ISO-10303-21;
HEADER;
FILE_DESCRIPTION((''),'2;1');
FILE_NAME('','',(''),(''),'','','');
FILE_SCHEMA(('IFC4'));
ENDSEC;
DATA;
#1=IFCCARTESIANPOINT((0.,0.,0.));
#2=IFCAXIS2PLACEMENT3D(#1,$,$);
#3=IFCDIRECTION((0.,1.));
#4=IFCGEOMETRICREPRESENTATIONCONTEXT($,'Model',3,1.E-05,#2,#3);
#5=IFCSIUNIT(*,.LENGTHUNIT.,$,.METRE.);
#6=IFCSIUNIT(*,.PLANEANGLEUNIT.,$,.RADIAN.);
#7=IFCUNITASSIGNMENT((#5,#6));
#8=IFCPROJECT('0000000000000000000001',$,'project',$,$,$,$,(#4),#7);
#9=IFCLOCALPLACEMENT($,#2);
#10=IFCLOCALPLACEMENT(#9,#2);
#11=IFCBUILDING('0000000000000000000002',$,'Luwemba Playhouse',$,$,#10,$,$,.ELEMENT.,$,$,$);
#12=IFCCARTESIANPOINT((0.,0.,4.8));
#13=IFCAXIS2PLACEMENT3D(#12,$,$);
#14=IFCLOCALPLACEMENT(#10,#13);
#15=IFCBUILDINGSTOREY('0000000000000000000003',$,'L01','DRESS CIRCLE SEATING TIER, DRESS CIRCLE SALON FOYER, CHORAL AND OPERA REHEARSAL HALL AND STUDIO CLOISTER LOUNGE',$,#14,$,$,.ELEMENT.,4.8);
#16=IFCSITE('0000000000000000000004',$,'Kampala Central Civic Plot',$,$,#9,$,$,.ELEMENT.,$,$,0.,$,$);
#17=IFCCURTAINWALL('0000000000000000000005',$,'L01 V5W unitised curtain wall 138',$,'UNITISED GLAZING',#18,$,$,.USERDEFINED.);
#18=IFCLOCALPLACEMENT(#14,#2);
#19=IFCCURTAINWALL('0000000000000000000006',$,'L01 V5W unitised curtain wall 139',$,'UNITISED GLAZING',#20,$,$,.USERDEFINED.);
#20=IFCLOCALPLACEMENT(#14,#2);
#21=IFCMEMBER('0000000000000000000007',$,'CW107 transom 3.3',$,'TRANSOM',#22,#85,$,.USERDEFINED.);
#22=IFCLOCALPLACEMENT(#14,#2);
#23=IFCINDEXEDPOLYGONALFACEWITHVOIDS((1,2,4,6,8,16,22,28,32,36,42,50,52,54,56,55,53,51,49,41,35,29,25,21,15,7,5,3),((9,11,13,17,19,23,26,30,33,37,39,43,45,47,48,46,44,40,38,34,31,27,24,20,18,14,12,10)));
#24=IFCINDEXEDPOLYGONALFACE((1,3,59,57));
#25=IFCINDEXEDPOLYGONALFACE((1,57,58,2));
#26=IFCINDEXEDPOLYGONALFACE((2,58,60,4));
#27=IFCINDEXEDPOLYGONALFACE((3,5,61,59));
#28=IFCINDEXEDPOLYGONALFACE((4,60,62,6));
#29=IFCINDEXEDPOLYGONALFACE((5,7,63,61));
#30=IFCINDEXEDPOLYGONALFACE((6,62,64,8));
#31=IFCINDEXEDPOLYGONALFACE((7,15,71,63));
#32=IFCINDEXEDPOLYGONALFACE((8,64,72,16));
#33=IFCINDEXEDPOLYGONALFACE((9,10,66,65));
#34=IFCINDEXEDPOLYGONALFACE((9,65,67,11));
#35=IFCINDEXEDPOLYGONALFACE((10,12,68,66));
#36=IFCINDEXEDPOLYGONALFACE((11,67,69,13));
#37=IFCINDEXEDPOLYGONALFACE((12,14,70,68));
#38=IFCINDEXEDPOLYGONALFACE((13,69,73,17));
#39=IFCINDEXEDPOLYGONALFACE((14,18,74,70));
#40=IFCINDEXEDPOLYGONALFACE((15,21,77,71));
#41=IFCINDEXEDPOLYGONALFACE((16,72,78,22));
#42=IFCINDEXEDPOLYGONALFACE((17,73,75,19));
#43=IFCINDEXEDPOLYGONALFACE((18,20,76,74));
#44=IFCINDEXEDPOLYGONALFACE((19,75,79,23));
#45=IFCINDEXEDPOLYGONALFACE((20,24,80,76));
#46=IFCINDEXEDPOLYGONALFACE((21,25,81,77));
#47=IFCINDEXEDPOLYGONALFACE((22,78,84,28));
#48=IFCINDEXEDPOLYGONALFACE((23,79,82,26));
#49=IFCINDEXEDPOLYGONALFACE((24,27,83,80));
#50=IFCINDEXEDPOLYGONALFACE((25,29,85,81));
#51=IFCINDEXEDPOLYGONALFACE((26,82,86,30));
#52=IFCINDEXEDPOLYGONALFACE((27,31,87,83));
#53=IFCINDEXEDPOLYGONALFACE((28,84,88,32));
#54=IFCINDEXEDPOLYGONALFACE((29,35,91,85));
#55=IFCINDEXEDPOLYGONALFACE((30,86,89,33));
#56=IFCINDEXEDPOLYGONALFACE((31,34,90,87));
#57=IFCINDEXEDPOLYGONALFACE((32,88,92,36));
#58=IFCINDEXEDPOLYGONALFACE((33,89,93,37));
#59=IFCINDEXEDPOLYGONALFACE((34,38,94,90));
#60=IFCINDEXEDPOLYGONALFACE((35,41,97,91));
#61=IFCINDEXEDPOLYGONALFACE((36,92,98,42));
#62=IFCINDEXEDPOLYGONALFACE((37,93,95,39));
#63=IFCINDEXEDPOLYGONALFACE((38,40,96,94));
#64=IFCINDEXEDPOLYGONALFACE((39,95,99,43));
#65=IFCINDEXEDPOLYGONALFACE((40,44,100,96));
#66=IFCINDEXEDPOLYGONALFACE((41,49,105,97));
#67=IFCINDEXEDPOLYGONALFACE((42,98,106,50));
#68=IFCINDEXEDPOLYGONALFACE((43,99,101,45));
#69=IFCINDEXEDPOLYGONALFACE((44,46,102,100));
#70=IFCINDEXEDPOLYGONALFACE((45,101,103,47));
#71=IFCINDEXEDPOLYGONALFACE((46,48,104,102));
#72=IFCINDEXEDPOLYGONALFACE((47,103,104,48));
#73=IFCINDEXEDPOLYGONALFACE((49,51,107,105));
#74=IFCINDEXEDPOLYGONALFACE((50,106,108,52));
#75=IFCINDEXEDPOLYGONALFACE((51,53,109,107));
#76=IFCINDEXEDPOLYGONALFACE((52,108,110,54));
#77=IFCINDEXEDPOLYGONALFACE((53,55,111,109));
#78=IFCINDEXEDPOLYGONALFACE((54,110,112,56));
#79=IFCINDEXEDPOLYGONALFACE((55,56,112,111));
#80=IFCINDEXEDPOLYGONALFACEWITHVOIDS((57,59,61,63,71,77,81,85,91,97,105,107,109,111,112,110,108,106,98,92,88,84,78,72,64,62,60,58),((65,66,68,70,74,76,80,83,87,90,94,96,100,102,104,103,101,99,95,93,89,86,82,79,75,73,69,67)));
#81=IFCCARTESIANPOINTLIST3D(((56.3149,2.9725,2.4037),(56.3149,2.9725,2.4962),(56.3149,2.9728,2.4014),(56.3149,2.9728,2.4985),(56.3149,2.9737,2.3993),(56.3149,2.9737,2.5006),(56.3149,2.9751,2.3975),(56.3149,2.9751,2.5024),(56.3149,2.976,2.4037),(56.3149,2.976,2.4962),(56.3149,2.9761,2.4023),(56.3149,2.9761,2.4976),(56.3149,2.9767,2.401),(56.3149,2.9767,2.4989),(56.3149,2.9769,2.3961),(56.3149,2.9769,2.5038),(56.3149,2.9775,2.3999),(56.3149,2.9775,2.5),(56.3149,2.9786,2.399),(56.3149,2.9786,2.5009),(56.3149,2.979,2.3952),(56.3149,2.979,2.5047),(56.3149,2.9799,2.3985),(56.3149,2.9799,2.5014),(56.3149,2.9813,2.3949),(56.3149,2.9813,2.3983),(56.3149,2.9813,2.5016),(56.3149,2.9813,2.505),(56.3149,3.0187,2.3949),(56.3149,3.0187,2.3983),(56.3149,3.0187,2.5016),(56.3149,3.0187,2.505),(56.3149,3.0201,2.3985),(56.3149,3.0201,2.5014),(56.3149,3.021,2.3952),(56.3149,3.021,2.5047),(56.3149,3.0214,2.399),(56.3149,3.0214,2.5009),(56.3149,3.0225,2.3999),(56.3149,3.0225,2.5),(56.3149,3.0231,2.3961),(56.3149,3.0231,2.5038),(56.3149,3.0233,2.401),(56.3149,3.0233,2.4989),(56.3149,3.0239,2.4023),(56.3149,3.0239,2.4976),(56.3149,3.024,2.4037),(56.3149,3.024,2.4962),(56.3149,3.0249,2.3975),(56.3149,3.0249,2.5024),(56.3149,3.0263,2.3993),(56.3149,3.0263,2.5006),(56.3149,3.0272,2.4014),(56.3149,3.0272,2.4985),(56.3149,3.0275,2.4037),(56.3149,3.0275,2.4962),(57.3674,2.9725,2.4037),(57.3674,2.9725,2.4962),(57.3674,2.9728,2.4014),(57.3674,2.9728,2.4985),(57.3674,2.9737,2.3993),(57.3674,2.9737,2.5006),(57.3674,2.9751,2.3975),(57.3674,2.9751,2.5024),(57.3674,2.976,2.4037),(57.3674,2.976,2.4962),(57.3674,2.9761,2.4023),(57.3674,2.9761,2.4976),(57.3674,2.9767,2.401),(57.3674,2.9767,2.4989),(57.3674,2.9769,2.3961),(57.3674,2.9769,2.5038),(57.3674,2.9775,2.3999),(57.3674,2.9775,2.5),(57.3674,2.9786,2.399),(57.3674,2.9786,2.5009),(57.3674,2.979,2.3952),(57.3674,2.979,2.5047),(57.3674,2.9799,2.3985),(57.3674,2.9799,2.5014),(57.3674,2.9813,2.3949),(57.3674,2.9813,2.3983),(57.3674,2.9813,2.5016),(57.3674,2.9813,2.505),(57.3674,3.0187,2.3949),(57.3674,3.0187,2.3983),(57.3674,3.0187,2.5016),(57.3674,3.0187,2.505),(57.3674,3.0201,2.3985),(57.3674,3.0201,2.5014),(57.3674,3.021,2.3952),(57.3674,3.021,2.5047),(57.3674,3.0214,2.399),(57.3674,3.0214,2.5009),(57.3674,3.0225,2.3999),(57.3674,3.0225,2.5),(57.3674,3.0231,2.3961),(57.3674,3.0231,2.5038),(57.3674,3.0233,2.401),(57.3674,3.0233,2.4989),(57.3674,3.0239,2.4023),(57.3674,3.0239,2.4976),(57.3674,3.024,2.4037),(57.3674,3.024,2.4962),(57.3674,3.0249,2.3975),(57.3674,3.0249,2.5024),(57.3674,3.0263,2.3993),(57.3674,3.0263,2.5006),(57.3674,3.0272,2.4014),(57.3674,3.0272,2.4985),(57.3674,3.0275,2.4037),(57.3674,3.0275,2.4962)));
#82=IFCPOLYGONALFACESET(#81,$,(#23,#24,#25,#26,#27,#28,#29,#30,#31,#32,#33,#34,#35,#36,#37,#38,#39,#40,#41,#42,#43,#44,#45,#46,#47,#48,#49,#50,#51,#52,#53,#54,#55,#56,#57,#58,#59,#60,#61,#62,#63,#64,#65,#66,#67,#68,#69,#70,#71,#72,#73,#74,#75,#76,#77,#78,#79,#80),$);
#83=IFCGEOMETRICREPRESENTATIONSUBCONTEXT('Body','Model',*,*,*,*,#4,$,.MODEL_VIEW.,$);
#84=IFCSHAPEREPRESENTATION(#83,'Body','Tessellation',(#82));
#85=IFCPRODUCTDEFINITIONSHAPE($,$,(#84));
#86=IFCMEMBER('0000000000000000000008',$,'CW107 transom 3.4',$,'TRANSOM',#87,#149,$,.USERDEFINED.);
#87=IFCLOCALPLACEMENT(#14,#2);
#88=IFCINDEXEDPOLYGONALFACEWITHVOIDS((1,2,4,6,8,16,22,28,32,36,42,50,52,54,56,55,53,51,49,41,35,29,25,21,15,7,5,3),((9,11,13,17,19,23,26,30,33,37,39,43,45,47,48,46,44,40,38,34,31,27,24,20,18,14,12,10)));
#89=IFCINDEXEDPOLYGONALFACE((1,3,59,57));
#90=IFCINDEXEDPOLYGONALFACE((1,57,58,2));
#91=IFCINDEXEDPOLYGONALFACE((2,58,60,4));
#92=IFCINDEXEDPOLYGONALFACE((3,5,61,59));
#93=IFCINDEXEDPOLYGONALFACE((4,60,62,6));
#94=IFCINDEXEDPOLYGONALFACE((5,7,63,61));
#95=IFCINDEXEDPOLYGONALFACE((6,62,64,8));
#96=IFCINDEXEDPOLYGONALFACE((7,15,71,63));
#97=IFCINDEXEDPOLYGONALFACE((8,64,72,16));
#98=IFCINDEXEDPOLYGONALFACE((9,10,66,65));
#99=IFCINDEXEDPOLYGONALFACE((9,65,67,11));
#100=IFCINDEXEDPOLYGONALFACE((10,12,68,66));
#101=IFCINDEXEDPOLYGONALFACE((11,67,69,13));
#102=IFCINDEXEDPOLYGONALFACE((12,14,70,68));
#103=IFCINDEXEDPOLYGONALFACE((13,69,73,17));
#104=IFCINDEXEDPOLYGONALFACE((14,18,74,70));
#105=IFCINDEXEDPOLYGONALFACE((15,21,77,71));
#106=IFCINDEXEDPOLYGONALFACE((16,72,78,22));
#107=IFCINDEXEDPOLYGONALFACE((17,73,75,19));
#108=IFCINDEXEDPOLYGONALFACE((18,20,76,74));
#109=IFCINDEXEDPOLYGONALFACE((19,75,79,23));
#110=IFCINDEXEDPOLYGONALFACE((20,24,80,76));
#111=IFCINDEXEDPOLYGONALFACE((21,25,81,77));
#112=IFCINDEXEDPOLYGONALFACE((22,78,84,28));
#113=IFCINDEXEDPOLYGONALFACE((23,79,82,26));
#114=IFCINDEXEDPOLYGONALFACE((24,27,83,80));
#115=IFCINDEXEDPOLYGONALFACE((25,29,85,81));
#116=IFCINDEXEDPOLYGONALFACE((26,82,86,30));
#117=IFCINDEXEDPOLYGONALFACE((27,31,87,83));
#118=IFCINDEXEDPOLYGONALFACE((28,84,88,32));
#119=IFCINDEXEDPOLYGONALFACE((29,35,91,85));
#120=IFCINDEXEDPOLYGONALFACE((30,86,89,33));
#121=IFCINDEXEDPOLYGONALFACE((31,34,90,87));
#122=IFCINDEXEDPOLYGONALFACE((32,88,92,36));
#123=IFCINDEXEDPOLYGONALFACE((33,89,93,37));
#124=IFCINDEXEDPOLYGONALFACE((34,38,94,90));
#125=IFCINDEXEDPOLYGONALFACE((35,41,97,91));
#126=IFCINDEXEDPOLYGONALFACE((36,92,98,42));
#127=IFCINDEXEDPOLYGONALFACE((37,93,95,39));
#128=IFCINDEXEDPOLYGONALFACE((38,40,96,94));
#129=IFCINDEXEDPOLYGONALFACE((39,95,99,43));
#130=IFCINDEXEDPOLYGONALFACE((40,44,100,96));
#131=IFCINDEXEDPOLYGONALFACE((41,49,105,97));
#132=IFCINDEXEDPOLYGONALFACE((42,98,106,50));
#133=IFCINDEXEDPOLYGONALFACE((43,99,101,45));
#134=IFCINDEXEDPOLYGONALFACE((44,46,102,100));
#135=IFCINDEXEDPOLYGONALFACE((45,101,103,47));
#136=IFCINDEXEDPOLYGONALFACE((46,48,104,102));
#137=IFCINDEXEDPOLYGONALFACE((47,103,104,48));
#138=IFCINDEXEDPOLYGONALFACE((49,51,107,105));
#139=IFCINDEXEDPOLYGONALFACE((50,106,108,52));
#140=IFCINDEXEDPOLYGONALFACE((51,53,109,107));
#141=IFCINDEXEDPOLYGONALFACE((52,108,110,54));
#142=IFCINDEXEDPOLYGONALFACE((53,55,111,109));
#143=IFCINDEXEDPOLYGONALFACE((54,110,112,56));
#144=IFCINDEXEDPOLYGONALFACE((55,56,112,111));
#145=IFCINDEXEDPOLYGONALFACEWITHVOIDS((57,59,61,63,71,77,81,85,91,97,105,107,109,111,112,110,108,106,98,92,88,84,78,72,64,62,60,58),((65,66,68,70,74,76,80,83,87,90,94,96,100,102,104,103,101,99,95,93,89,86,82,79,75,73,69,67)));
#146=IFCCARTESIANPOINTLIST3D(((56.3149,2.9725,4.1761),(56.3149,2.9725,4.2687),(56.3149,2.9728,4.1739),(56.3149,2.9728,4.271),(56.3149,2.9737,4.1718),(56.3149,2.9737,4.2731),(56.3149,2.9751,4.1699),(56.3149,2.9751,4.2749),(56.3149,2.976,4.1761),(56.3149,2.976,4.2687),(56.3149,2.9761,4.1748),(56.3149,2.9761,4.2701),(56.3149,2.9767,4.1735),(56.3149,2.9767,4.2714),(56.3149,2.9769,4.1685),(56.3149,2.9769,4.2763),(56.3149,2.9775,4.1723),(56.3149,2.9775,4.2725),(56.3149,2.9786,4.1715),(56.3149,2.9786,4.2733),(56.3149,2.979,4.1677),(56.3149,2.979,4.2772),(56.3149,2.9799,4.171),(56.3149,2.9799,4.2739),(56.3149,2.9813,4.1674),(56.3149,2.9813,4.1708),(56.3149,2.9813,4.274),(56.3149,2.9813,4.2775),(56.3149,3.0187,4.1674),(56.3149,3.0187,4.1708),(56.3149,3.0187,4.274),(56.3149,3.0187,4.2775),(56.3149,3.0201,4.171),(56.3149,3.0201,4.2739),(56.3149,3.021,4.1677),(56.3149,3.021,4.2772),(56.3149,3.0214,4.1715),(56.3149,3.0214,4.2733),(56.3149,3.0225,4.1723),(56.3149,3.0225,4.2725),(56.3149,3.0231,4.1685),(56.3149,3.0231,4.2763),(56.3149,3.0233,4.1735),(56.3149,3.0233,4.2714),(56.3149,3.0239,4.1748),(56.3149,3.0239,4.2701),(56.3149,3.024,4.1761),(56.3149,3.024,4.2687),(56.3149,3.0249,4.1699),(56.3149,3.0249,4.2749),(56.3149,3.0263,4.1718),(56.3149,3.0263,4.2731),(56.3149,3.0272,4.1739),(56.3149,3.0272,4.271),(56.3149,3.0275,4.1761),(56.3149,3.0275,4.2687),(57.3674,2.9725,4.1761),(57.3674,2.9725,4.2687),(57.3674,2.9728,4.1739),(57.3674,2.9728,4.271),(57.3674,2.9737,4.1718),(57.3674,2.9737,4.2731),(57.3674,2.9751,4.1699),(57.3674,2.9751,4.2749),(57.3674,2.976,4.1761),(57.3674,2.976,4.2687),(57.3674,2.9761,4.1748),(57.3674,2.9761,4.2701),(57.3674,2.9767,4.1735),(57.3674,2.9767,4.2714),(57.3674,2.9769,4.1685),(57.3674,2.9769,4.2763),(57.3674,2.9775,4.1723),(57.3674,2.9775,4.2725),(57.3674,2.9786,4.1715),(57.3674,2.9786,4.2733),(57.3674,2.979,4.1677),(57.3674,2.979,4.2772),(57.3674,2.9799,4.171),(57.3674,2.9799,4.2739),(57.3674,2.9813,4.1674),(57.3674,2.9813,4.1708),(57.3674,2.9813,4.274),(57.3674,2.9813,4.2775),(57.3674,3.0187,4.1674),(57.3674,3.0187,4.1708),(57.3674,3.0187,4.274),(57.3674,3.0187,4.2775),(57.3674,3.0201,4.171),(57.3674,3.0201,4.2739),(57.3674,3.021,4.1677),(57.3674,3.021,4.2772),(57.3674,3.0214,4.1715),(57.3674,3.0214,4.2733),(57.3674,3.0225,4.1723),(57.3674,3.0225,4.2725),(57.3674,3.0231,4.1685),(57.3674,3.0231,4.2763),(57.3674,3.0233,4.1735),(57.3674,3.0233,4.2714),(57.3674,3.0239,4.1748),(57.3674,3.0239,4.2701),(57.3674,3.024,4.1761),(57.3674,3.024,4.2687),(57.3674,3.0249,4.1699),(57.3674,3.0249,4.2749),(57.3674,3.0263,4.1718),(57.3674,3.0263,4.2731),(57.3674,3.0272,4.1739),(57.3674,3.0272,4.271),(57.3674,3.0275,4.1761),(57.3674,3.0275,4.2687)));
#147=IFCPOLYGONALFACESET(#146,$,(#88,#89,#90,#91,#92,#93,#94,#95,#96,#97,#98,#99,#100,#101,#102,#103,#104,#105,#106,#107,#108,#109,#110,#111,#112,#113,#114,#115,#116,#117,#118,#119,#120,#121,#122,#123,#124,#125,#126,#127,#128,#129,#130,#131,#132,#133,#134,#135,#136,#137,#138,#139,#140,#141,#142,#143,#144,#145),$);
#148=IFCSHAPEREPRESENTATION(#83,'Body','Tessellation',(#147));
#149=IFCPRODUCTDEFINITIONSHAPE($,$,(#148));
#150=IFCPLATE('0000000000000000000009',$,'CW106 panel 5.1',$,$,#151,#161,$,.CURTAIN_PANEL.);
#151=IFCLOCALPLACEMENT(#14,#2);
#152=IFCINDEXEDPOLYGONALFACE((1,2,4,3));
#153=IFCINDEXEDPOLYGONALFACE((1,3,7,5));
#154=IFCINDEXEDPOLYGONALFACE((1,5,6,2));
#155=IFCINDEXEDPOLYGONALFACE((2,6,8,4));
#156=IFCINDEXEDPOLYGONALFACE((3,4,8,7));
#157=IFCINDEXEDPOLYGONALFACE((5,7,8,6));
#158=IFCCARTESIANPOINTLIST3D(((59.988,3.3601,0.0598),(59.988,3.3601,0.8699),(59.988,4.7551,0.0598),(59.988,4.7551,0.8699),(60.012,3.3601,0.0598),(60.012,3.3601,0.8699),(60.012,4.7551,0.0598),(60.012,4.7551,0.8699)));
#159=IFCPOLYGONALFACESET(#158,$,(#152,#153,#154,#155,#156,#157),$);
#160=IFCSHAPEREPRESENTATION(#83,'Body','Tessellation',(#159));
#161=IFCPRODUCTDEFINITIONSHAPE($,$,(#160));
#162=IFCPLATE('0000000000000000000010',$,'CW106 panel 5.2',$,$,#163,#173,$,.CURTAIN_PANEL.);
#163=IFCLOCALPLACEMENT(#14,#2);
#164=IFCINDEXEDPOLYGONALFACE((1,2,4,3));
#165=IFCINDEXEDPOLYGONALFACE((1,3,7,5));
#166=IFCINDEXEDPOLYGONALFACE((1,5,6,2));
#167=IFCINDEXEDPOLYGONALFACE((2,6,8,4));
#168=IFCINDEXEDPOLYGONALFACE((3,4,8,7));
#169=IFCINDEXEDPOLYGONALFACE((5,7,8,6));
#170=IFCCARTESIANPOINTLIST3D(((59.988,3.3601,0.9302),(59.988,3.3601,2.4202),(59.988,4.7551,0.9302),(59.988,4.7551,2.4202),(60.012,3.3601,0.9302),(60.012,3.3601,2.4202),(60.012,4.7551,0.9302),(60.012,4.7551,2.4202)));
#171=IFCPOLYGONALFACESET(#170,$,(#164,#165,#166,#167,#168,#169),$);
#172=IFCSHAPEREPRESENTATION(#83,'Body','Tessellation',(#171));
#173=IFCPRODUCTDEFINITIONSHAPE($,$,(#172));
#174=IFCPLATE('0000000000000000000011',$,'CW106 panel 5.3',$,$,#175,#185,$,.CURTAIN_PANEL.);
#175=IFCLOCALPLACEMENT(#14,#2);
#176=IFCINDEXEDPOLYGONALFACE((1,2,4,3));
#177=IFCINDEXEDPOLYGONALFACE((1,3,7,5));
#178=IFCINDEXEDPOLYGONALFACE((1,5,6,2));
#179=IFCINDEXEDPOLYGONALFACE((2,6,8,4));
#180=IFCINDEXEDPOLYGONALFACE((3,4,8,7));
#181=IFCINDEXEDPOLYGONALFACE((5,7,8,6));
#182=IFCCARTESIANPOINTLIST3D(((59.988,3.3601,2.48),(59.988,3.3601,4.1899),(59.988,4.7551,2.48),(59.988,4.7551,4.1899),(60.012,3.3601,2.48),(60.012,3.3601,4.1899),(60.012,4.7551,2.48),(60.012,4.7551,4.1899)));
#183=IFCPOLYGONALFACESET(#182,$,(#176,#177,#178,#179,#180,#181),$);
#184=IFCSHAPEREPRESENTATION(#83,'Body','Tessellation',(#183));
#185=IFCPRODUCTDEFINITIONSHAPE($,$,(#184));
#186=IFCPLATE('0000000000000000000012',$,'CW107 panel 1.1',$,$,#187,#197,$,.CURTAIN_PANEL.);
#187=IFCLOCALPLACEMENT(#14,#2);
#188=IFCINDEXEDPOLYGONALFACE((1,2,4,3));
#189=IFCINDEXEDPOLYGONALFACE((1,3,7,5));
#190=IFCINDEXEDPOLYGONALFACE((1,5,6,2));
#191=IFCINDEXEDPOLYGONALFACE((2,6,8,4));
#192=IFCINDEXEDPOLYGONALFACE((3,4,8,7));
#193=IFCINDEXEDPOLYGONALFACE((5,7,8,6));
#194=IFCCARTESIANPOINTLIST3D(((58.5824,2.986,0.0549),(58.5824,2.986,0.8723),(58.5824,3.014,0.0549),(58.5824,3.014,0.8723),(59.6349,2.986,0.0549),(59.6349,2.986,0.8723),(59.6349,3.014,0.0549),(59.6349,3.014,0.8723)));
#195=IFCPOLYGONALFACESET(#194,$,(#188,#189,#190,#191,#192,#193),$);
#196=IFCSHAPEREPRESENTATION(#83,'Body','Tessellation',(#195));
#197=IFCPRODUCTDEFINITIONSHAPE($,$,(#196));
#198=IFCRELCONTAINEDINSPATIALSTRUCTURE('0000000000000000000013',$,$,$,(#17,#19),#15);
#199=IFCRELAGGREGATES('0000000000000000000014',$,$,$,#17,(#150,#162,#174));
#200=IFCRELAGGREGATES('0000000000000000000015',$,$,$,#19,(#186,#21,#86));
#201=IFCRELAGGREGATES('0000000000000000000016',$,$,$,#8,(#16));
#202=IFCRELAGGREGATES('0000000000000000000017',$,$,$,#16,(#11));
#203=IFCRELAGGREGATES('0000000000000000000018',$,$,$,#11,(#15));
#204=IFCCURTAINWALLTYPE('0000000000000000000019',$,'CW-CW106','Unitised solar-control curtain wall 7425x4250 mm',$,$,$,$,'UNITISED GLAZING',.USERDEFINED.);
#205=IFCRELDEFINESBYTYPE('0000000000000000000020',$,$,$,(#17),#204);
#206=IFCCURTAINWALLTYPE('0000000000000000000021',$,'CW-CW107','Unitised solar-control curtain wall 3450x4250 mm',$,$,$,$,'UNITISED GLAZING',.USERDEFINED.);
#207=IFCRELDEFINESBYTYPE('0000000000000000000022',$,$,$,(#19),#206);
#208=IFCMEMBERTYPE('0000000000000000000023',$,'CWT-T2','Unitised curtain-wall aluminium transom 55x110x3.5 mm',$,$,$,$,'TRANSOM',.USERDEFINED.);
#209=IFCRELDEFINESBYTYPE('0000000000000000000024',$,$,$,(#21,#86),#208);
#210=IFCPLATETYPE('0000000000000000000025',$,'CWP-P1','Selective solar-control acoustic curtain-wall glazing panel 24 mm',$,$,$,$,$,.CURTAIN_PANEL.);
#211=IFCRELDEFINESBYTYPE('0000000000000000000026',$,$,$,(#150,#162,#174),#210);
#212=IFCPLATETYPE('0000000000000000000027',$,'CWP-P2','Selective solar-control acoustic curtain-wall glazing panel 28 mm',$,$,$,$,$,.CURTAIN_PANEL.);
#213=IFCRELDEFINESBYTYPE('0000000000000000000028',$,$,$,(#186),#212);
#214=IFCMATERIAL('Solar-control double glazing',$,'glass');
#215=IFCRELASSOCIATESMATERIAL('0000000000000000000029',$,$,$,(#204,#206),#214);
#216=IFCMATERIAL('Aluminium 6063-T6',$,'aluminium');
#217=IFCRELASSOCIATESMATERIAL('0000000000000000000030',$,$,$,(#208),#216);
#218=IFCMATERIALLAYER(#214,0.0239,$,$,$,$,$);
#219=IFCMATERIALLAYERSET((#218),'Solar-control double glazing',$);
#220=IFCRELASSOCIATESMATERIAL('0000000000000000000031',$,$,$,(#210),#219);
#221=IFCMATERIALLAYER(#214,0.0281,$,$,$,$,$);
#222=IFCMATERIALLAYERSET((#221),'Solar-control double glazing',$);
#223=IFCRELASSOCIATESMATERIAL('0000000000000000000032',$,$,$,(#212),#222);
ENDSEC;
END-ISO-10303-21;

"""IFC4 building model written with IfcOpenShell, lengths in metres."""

from ifc_helpers import new_model, si_unit, direction, frame, origin, origin_2d, place, context, subcontext, project, spatial, rectangle, hollow_rectangle, extrude, material, layer, layer_set, material_profile, profile_set, type_object, element, aggregate, save


model = new_model("IFC4")

# Units and contexts
model_context = context("Model", 3, precision=1e-05, world=origin(), true_north=direction((0.0, 1.0)))
body_context = subcontext(model_context, "Body", "Model", "MODEL_VIEW")
ifc_project = project(units=[si_unit("LENGTHUNIT", "METRE"), si_unit("PLANEANGLEUNIT", "RADIAN")], contexts=[model_context])

# Site, building, storey
site_placement = place(None, origin())
site = spatial("IfcSite", under=ifc_project, at=site_placement, Name="Kampala Central Civic Plot", CompositionType="ELEMENT", RefElevation=0.0)
building_placement = place(site_placement, origin())
building = spatial("IfcBuilding", under=site, at=building_placement, Name="Luwemba Playhouse", CompositionType="ELEMENT")
storey_placement = place(building_placement, frame((0.0, 0.0, 4.8)))
storey = spatial("IfcBuildingStorey", under=building, at=storey_placement, Name="L01", Description="DRESS CIRCLE SEATING TIER, DRESS CIRCLE SALON FOYER, CHORAL AND OPERA REHEARSAL HALL AND STUDIO CLOISTER LOUNGE", CompositionType="ELEMENT", Elevation=4.8)

# Curtain walls
ifc_material_1 = material(Name="Solar-control double glazing", Category="glass")
curtain_wall_type_1 = type_object("IfcCurtainWallType", Name="CW-CW106", Description="Unitised solar-control curtain wall 7425x4250 mm", ElementType="UNITISED GLAZING", PredefinedType="USERDEFINED", material=ifc_material_1)
curtain_wall_1_placement = place(storey_placement, origin())
curtain_wall_1 = element("IfcCurtainWall", 1, at=curtain_wall_1_placement, inside=storey, type_object=curtain_wall_type_1, Name="L01 V5W unitised curtain wall 138", ObjectType="UNITISED GLAZING", PredefinedType="USERDEFINED")
ifc_material_2 = material(Name="Aluminium 6063-T6", Category="aluminium")
curtain_wall_type_2 = type_object("IfcCurtainWallType", Name="CW-CW107", Description="Unitised solar-control curtain wall 3450x4250 mm", ElementType="UNITISED GLAZING", PredefinedType="USERDEFINED", material=ifc_material_1)
curtain_wall_2_placement = place(storey_placement, origin())
curtain_wall_2 = element("IfcCurtainWall", 2, at=curtain_wall_2_placement, inside=storey, type_object=curtain_wall_type_2, Name="L01 V5W unitised curtain wall 139", ObjectType="UNITISED GLAZING", PredefinedType="USERDEFINED")

# Members
ifc_material_profile_1 = material_profile(ifc_material_2, hollow_rectangle(XDim=0.0549, YDim=0.1101, WallThickness=0.0034, InnerFilletRadius=0.0054, OuterFilletRadius=0.0088, at=origin_2d()))
ifc_profile_set_1 = profile_set([ifc_material_profile_1], Name="Aluminium 6063-T6")
member_type_1 = type_object("IfcMemberType", Name="CWT-T2", Description="Unitised curtain-wall aluminium transom 55x110x3.5 mm", ElementType="TRANSOM", PredefinedType="USERDEFINED", material=ifc_profile_set_1)
member_1_placement = place(storey_placement, frame((57.3674, 3.0, 2.45), z_axis=(-1.0, 0.0, 0.0), x_axis=(0.0, -1.0, 0.0)))
member_1 = element("IfcMember", 3, at=member_1_placement, type_object=member_type_1, Name="CW107 transom 3.3", ObjectType="TRANSOM", PredefinedType="USERDEFINED", context=body_context, shape_type="SweptSolid", body=[
    extrude(hollow_rectangle(XDim=0.0549, YDim=0.1101, WallThickness=0.0034, InnerFilletRadius=0.0054, OuterFilletRadius=0.0088, at=origin_2d()), origin(), (0.0, 0.0, 1.0), 1.0525),
])
member_2_placement = place(storey_placement, frame((57.3674, 3.0, 4.2224), z_axis=(-1.0, 0.0, 0.0), x_axis=(0.0, -1.0, 0.0)))
member_2 = element("IfcMember", 4, at=member_2_placement, type_object=member_type_1, Name="CW107 transom 3.4", ObjectType="TRANSOM", PredefinedType="USERDEFINED", context=body_context, shape_type="SweptSolid", body=[
    extrude(hollow_rectangle(XDim=0.0549, YDim=0.1101, WallThickness=0.0034, InnerFilletRadius=0.0054, OuterFilletRadius=0.0088, at=origin_2d()), origin(), (0.0, 0.0, 1.0), 1.0525),
])

# Plates
ifc_layer_1 = layer(ifc_material_1, 0.0239)
ifc_layer_set_1 = layer_set([ifc_layer_1], Name="Solar-control double glazing")
plate_type_1 = type_object("IfcPlateType", Name="CWP-P1", Description="Selective solar-control acoustic curtain-wall glazing panel 24 mm", PredefinedType="CURTAIN_PANEL", material=ifc_layer_set_1)
plate_1_placement = place(storey_placement, frame((60.0, 4.0576, 0.0598), z_axis=(0.0, 0.0, 1.0), x_axis=(0.0, -1.0, 0.0)))
plate_1 = element("IfcPlate", 5, at=plate_1_placement, type_object=plate_type_1, Name="CW106 panel 5.1", PredefinedType="CURTAIN_PANEL", context=body_context, shape_type="SweptSolid", body=[
    extrude(rectangle(XDim=1.395, YDim=0.0239, at=origin_2d()), origin(), (0.0, 0.0, 1.0), 0.8101),
])
plate_2_placement = place(storey_placement, frame((60.0, 4.0576, 0.9302), z_axis=(0.0, 0.0, 1.0), x_axis=(0.0, -1.0, 0.0)))
plate_2 = element("IfcPlate", 6, at=plate_2_placement, type_object=plate_type_1, Name="CW106 panel 5.2", PredefinedType="CURTAIN_PANEL", context=body_context, shape_type="SweptSolid", body=[
    extrude(rectangle(XDim=1.395, YDim=0.0239, at=origin_2d()), origin(), (0.0, 0.0, 1.0), 1.49),
])
plate_3_placement = place(storey_placement, frame((60.0, 4.0576, 2.48), z_axis=(0.0, 0.0, 1.0), x_axis=(0.0, -1.0, 0.0)))
plate_3 = element("IfcPlate", 7, at=plate_3_placement, type_object=plate_type_1, Name="CW106 panel 5.3", PredefinedType="CURTAIN_PANEL", context=body_context, shape_type="SweptSolid", body=[
    extrude(rectangle(XDim=1.395, YDim=0.0239, at=origin_2d()), origin(), (0.0, 0.0, 1.0), 1.71),
])
aggregate(curtain_wall_1, [plate_1, plate_2, plate_3])
ifc_layer_2 = layer(ifc_material_1, 0.0281)
ifc_layer_set_2 = layer_set([ifc_layer_2], Name="Solar-control double glazing")
plate_type_2 = type_object("IfcPlateType", Name="CWP-P2", Description="Selective solar-control acoustic curtain-wall glazing panel 28 mm", PredefinedType="CURTAIN_PANEL", material=ifc_layer_set_2)
plate_4_placement = place(storey_placement, frame((59.1086, 3.0, 0.0549), z_axis=(0.0, 0.0, 1.0), x_axis=(-1.0, 0.0, 0.0)))
plate_4 = element("IfcPlate", 8, at=plate_4_placement, type_object=plate_type_2, Name="CW107 panel 1.1", PredefinedType="CURTAIN_PANEL", context=body_context, shape_type="SweptSolid", body=[
    extrude(rectangle(XDim=1.0525, YDim=0.0281, at=origin_2d()), origin(), (0.0, 0.0, 1.0), 0.8174),
])
aggregate(curtain_wall_2, [plate_4, member_1, member_2])

save(model, "model.ifc")
